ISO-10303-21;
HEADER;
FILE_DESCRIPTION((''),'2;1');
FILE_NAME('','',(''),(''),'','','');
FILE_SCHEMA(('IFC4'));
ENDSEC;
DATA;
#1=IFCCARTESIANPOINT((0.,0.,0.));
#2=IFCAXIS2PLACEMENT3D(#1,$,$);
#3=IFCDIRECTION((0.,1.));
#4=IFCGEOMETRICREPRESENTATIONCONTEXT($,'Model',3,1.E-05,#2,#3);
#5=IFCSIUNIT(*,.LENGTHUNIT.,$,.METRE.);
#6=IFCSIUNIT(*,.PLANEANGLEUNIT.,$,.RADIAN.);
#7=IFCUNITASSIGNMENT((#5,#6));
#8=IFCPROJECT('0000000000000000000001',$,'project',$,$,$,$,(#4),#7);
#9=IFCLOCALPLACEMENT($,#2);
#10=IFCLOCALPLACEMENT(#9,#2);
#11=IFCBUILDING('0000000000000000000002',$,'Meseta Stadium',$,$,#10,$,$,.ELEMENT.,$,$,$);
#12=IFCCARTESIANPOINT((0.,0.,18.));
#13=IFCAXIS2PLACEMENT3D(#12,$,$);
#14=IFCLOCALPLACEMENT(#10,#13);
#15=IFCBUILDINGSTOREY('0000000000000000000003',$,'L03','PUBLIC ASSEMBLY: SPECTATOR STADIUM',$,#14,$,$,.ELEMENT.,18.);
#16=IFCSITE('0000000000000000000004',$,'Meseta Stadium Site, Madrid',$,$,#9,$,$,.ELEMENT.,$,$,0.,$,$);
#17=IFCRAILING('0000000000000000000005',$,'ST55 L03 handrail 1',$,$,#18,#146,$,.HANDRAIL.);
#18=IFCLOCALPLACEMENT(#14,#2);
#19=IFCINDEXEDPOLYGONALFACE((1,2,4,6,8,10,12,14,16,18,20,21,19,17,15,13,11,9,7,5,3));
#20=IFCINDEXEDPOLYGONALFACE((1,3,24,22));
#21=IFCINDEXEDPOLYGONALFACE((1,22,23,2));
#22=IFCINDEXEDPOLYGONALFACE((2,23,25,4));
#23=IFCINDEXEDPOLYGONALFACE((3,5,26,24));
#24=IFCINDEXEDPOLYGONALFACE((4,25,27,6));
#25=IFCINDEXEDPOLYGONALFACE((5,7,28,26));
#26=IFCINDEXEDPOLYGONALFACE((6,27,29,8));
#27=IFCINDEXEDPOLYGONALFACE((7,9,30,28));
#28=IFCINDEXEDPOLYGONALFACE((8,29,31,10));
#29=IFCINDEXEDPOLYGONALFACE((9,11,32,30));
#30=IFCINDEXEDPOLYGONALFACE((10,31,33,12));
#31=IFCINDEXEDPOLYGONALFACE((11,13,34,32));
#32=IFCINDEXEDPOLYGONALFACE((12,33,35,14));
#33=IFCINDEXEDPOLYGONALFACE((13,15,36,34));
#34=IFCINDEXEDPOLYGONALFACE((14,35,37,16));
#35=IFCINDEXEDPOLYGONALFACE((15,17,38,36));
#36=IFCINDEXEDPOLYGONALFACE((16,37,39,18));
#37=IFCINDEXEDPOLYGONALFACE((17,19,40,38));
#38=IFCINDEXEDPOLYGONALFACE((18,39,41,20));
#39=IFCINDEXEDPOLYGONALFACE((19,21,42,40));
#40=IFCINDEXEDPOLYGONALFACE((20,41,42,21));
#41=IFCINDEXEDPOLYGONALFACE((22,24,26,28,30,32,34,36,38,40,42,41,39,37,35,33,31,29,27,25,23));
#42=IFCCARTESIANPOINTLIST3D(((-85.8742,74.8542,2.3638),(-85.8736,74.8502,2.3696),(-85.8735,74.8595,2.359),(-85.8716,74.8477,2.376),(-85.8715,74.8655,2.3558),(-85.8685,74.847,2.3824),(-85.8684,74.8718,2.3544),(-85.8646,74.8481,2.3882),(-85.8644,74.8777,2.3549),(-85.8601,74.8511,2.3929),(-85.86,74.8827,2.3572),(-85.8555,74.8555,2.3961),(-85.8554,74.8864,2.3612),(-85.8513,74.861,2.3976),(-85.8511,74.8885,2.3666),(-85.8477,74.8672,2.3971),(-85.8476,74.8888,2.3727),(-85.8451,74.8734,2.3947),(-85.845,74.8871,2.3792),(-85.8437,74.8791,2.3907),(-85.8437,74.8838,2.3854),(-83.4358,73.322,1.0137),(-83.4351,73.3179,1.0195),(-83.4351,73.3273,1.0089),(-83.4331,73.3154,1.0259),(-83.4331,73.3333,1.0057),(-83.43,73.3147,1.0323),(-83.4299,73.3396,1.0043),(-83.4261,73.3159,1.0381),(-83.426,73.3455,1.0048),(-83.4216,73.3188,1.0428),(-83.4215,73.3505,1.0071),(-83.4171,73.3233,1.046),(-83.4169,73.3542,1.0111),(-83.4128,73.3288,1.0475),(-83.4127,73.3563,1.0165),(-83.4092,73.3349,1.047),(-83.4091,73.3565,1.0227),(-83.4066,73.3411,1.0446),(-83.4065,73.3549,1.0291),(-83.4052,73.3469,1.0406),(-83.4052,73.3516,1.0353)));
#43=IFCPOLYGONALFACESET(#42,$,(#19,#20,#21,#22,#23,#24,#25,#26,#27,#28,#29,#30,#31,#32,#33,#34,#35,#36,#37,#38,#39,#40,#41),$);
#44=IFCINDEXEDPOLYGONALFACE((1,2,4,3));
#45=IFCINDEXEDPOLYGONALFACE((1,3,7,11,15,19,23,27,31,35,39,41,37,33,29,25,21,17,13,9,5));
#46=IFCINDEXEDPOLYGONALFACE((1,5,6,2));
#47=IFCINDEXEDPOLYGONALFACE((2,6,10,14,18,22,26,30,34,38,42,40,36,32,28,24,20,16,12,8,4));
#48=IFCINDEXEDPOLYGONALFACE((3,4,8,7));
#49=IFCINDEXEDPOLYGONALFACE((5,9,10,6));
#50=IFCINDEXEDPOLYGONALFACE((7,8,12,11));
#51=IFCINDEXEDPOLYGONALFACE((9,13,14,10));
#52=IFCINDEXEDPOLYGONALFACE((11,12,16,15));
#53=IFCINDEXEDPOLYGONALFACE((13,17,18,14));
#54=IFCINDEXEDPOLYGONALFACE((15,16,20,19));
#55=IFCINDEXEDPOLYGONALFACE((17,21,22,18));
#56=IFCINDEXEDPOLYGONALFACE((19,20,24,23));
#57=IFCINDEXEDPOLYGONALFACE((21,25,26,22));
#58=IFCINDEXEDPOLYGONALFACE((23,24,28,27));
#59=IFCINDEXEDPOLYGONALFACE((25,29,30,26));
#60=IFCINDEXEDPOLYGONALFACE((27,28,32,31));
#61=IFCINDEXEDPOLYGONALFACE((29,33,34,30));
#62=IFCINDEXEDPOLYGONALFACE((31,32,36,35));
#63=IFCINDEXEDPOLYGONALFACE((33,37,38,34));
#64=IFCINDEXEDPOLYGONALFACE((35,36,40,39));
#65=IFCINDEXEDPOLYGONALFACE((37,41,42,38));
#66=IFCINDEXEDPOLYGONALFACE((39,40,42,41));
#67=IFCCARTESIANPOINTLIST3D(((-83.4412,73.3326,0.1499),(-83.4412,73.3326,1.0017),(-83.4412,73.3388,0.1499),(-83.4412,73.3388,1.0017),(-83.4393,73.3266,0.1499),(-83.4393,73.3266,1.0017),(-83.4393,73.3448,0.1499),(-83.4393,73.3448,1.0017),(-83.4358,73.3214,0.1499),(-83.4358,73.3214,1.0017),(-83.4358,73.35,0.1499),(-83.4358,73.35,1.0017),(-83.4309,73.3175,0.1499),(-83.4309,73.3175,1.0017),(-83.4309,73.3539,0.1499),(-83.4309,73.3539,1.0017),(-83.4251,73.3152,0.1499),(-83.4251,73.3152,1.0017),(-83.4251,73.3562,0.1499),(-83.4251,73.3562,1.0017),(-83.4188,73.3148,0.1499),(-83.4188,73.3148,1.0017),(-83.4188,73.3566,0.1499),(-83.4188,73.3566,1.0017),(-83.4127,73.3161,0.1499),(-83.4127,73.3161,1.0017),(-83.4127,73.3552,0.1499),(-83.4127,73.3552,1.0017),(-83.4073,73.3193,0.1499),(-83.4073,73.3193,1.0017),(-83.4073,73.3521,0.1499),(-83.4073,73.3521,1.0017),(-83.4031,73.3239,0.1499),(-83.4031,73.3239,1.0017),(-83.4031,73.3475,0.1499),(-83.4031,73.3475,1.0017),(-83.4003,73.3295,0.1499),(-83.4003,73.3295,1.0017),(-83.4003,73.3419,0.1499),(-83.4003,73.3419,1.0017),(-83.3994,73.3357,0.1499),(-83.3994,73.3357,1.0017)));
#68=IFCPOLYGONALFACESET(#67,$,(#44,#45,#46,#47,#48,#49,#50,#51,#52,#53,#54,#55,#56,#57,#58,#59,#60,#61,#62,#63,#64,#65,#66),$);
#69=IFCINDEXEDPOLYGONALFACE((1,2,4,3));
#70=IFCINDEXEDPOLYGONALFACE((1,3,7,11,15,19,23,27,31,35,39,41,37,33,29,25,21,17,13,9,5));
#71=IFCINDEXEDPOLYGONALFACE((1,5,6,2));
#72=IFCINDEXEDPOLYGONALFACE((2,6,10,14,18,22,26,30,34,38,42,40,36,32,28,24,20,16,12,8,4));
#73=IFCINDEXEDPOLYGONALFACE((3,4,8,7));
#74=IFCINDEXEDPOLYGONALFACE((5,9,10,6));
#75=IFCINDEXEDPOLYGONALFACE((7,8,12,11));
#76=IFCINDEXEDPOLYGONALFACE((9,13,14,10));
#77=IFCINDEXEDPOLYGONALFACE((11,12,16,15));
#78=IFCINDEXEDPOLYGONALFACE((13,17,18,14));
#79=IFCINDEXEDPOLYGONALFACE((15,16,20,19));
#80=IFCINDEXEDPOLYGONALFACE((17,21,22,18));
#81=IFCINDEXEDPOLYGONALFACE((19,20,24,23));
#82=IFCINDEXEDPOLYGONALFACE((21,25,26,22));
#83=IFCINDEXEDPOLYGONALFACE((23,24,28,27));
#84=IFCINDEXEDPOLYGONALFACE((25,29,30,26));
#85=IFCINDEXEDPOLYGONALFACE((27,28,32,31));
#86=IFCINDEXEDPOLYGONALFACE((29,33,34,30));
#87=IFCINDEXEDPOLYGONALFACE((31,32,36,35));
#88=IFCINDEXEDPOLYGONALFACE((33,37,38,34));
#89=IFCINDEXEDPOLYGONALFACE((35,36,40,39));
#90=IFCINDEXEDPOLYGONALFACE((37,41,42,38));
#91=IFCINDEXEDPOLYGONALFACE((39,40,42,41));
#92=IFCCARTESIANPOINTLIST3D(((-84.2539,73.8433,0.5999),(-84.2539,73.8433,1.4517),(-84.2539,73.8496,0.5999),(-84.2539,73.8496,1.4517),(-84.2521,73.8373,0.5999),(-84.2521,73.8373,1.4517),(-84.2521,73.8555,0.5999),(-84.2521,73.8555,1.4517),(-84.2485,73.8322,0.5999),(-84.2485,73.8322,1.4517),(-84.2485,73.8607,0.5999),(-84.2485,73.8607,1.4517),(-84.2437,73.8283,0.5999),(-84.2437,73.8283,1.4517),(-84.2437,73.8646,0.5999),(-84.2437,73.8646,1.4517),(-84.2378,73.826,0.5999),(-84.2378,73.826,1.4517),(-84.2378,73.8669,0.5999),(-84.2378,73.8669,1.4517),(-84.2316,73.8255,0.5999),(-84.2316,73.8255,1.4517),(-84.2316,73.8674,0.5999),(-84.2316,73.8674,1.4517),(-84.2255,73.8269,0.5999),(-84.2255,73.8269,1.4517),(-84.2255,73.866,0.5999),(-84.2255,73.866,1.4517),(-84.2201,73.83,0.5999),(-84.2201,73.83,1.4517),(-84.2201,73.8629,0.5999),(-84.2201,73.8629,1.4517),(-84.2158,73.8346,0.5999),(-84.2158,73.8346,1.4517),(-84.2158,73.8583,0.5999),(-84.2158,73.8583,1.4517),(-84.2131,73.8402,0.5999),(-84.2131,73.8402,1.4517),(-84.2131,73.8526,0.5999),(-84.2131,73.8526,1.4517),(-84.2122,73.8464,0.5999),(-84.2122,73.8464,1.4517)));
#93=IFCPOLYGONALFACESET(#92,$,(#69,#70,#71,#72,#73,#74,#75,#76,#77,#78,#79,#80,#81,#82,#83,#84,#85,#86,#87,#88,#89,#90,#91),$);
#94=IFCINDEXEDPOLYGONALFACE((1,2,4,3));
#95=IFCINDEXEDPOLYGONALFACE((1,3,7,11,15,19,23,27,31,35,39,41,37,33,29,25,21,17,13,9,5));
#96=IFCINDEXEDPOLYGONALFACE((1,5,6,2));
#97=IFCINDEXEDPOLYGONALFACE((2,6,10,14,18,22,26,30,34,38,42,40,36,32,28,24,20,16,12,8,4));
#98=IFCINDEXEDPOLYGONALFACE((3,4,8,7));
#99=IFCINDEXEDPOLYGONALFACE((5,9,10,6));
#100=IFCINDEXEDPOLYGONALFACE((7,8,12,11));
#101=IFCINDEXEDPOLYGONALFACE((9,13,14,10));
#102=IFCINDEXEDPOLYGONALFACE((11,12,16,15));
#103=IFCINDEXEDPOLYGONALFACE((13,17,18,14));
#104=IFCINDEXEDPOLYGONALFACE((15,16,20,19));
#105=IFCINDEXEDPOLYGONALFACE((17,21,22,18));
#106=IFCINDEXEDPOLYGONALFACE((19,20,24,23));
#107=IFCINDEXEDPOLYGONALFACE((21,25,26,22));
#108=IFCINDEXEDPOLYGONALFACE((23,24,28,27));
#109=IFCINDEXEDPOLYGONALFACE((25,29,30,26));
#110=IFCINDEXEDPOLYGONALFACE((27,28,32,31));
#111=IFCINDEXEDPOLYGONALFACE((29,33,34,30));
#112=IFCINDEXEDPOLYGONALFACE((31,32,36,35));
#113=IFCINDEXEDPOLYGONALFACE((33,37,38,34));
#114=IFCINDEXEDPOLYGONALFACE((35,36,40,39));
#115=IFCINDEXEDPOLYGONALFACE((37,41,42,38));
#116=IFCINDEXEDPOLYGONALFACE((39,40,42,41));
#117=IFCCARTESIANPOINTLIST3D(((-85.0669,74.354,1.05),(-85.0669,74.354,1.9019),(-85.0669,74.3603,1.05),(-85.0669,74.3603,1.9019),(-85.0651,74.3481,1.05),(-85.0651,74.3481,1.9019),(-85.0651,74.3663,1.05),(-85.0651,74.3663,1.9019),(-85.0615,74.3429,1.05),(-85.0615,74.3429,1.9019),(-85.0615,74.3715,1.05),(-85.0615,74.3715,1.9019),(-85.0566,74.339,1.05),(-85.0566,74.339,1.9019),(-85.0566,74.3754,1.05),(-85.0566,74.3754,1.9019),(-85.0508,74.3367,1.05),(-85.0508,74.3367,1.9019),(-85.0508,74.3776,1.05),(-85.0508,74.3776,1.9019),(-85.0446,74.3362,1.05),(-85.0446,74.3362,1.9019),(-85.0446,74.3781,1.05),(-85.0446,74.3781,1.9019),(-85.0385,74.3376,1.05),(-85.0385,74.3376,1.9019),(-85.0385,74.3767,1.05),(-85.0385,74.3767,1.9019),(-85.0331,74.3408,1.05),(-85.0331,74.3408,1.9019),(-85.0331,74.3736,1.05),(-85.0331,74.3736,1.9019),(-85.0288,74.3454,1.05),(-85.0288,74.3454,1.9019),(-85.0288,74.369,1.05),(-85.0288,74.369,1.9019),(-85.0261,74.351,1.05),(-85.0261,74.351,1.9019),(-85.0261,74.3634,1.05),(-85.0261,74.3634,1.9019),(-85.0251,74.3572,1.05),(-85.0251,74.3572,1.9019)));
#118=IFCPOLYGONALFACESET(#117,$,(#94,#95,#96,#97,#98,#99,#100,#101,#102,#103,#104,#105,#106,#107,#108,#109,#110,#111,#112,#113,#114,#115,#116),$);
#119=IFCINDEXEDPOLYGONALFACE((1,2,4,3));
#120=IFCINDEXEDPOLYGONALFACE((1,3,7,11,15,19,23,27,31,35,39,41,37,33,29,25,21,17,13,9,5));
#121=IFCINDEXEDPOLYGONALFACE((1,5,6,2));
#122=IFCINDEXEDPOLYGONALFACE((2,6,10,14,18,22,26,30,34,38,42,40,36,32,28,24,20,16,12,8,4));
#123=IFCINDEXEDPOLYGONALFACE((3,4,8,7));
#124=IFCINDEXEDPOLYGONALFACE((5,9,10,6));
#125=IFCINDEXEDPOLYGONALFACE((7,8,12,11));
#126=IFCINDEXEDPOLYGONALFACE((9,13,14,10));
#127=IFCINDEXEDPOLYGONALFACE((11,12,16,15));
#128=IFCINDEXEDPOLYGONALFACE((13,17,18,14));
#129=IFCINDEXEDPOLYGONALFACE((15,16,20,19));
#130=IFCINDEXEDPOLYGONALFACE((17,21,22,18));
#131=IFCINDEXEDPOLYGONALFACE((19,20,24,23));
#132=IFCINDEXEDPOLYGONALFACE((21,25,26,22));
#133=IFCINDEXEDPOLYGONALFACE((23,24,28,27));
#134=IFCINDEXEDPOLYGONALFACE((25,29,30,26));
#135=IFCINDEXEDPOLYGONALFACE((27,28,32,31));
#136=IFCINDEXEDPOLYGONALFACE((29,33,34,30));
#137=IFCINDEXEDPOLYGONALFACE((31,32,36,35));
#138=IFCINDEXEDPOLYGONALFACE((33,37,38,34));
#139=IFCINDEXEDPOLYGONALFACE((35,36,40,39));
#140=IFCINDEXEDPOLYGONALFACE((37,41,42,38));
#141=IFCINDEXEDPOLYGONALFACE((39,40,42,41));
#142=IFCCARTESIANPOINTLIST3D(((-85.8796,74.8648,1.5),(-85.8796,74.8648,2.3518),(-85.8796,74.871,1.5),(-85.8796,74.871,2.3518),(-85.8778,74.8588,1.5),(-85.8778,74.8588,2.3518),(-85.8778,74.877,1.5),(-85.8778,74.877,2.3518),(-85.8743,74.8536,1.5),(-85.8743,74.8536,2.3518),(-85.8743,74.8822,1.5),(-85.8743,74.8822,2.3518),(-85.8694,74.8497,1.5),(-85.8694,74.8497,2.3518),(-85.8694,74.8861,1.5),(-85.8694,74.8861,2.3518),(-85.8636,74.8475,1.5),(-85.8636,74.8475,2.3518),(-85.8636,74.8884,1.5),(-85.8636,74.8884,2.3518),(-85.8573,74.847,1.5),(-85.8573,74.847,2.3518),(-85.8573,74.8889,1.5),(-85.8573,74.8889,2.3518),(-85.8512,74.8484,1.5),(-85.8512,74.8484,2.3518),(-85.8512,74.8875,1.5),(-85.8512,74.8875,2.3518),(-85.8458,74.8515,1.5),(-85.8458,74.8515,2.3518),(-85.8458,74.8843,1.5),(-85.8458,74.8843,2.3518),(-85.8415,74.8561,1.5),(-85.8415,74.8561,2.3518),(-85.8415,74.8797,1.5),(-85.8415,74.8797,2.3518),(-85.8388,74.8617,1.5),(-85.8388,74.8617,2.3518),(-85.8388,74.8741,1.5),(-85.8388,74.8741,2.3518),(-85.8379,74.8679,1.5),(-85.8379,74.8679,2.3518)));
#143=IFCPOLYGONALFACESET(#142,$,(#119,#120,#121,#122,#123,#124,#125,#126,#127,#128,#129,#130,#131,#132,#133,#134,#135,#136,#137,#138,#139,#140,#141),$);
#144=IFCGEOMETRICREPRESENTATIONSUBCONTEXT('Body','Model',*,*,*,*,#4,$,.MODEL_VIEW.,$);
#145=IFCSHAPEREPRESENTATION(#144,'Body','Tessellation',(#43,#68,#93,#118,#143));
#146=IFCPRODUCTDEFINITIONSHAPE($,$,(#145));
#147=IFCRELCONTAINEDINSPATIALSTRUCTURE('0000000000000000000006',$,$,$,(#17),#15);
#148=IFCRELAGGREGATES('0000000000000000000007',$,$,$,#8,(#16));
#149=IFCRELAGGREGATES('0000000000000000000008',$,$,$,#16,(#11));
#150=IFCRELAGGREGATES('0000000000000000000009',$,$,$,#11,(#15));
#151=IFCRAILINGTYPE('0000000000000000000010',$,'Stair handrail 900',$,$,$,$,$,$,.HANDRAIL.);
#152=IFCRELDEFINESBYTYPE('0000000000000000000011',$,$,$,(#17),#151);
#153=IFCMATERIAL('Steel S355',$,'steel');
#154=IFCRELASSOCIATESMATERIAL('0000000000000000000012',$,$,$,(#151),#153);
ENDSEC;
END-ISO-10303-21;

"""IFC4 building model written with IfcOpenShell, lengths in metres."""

from ifc_helpers import new_model, si_unit, direction, frame, origin, origin_2d, place, context, subcontext, project, spatial, circle, extrude, material, type_object, element, save


model = new_model("IFC4")

# Units and contexts
model_context = context("Model", 3, precision=1e-05, world=origin(), true_north=direction((0.0, 1.0)))
body_context = subcontext(model_context, "Body", "Model", "MODEL_VIEW")
ifc_project = project(units=[si_unit("LENGTHUNIT", "METRE"), si_unit("PLANEANGLEUNIT", "RADIAN")], contexts=[model_context])

# Site, building, storey
site_placement = place(None, origin())
site = spatial("IfcSite", under=ifc_project, at=site_placement, Name="Meseta Stadium Site, Madrid", CompositionType="ELEMENT", RefElevation=0.0)
building_placement = place(site_placement, origin())
building = spatial("IfcBuilding", under=site, at=building_placement, Name="Meseta Stadium", CompositionType="ELEMENT")
storey_placement = place(building_placement, frame((0.0, 0.0, 18.0)))
storey = spatial("IfcBuildingStorey", under=building, at=storey_placement, Name="L03", Description="PUBLIC ASSEMBLY: SPECTATOR STADIUM", CompositionType="ELEMENT", Elevation=18.0)

# Railing
ifc_material_1 = material(Name="Steel S355", Category="steel")
railing_type_1 = type_object("IfcRailingType", Name="Stair handrail 900", PredefinedType="HANDRAIL", material=ifc_material_1)
for number, where, name in (
    (1, (-83.4204, 73.3357, 0.1499), "ST55 L03 handrail 1"),
):
    element("IfcRailing", number, at=place(storey_placement, frame(where)), inside=storey, type_object=railing_type_1, Name=name, PredefinedType="HANDRAIL", context=body_context, shape_type="SweptSolid", body=[
        extrude(circle(Radius=0.0239, at=origin_2d()), frame((0.0, 0.0, 0.876), z_axis=(-0.766655, 0.481731, 0.42447), x_axis=(-0.53204, -0.846719, 0.0)), (0.0, 0.0, 1.0), 3.1807),
        extrude(circle(Radius=0.021, at=origin_2d()), origin(), (0.0, 0.0, 1.0), 0.8518),
        extrude(circle(Radius=0.021, at=origin_2d()), frame((-0.8127, 0.5107, 0.45)), (0.0, 0.0, 1.0), 0.8518),
        extrude(circle(Radius=0.021, at=origin_2d()), frame((-1.6257, 1.0215, 0.9001)), (0.0, 0.0, 1.0), 0.8518),
        extrude(circle(Radius=0.021, at=origin_2d()), frame((-2.4385, 1.5322, 1.3501)), (0.0, 0.0, 1.0), 0.8518),
    ])

save(model, "model.ifc")
